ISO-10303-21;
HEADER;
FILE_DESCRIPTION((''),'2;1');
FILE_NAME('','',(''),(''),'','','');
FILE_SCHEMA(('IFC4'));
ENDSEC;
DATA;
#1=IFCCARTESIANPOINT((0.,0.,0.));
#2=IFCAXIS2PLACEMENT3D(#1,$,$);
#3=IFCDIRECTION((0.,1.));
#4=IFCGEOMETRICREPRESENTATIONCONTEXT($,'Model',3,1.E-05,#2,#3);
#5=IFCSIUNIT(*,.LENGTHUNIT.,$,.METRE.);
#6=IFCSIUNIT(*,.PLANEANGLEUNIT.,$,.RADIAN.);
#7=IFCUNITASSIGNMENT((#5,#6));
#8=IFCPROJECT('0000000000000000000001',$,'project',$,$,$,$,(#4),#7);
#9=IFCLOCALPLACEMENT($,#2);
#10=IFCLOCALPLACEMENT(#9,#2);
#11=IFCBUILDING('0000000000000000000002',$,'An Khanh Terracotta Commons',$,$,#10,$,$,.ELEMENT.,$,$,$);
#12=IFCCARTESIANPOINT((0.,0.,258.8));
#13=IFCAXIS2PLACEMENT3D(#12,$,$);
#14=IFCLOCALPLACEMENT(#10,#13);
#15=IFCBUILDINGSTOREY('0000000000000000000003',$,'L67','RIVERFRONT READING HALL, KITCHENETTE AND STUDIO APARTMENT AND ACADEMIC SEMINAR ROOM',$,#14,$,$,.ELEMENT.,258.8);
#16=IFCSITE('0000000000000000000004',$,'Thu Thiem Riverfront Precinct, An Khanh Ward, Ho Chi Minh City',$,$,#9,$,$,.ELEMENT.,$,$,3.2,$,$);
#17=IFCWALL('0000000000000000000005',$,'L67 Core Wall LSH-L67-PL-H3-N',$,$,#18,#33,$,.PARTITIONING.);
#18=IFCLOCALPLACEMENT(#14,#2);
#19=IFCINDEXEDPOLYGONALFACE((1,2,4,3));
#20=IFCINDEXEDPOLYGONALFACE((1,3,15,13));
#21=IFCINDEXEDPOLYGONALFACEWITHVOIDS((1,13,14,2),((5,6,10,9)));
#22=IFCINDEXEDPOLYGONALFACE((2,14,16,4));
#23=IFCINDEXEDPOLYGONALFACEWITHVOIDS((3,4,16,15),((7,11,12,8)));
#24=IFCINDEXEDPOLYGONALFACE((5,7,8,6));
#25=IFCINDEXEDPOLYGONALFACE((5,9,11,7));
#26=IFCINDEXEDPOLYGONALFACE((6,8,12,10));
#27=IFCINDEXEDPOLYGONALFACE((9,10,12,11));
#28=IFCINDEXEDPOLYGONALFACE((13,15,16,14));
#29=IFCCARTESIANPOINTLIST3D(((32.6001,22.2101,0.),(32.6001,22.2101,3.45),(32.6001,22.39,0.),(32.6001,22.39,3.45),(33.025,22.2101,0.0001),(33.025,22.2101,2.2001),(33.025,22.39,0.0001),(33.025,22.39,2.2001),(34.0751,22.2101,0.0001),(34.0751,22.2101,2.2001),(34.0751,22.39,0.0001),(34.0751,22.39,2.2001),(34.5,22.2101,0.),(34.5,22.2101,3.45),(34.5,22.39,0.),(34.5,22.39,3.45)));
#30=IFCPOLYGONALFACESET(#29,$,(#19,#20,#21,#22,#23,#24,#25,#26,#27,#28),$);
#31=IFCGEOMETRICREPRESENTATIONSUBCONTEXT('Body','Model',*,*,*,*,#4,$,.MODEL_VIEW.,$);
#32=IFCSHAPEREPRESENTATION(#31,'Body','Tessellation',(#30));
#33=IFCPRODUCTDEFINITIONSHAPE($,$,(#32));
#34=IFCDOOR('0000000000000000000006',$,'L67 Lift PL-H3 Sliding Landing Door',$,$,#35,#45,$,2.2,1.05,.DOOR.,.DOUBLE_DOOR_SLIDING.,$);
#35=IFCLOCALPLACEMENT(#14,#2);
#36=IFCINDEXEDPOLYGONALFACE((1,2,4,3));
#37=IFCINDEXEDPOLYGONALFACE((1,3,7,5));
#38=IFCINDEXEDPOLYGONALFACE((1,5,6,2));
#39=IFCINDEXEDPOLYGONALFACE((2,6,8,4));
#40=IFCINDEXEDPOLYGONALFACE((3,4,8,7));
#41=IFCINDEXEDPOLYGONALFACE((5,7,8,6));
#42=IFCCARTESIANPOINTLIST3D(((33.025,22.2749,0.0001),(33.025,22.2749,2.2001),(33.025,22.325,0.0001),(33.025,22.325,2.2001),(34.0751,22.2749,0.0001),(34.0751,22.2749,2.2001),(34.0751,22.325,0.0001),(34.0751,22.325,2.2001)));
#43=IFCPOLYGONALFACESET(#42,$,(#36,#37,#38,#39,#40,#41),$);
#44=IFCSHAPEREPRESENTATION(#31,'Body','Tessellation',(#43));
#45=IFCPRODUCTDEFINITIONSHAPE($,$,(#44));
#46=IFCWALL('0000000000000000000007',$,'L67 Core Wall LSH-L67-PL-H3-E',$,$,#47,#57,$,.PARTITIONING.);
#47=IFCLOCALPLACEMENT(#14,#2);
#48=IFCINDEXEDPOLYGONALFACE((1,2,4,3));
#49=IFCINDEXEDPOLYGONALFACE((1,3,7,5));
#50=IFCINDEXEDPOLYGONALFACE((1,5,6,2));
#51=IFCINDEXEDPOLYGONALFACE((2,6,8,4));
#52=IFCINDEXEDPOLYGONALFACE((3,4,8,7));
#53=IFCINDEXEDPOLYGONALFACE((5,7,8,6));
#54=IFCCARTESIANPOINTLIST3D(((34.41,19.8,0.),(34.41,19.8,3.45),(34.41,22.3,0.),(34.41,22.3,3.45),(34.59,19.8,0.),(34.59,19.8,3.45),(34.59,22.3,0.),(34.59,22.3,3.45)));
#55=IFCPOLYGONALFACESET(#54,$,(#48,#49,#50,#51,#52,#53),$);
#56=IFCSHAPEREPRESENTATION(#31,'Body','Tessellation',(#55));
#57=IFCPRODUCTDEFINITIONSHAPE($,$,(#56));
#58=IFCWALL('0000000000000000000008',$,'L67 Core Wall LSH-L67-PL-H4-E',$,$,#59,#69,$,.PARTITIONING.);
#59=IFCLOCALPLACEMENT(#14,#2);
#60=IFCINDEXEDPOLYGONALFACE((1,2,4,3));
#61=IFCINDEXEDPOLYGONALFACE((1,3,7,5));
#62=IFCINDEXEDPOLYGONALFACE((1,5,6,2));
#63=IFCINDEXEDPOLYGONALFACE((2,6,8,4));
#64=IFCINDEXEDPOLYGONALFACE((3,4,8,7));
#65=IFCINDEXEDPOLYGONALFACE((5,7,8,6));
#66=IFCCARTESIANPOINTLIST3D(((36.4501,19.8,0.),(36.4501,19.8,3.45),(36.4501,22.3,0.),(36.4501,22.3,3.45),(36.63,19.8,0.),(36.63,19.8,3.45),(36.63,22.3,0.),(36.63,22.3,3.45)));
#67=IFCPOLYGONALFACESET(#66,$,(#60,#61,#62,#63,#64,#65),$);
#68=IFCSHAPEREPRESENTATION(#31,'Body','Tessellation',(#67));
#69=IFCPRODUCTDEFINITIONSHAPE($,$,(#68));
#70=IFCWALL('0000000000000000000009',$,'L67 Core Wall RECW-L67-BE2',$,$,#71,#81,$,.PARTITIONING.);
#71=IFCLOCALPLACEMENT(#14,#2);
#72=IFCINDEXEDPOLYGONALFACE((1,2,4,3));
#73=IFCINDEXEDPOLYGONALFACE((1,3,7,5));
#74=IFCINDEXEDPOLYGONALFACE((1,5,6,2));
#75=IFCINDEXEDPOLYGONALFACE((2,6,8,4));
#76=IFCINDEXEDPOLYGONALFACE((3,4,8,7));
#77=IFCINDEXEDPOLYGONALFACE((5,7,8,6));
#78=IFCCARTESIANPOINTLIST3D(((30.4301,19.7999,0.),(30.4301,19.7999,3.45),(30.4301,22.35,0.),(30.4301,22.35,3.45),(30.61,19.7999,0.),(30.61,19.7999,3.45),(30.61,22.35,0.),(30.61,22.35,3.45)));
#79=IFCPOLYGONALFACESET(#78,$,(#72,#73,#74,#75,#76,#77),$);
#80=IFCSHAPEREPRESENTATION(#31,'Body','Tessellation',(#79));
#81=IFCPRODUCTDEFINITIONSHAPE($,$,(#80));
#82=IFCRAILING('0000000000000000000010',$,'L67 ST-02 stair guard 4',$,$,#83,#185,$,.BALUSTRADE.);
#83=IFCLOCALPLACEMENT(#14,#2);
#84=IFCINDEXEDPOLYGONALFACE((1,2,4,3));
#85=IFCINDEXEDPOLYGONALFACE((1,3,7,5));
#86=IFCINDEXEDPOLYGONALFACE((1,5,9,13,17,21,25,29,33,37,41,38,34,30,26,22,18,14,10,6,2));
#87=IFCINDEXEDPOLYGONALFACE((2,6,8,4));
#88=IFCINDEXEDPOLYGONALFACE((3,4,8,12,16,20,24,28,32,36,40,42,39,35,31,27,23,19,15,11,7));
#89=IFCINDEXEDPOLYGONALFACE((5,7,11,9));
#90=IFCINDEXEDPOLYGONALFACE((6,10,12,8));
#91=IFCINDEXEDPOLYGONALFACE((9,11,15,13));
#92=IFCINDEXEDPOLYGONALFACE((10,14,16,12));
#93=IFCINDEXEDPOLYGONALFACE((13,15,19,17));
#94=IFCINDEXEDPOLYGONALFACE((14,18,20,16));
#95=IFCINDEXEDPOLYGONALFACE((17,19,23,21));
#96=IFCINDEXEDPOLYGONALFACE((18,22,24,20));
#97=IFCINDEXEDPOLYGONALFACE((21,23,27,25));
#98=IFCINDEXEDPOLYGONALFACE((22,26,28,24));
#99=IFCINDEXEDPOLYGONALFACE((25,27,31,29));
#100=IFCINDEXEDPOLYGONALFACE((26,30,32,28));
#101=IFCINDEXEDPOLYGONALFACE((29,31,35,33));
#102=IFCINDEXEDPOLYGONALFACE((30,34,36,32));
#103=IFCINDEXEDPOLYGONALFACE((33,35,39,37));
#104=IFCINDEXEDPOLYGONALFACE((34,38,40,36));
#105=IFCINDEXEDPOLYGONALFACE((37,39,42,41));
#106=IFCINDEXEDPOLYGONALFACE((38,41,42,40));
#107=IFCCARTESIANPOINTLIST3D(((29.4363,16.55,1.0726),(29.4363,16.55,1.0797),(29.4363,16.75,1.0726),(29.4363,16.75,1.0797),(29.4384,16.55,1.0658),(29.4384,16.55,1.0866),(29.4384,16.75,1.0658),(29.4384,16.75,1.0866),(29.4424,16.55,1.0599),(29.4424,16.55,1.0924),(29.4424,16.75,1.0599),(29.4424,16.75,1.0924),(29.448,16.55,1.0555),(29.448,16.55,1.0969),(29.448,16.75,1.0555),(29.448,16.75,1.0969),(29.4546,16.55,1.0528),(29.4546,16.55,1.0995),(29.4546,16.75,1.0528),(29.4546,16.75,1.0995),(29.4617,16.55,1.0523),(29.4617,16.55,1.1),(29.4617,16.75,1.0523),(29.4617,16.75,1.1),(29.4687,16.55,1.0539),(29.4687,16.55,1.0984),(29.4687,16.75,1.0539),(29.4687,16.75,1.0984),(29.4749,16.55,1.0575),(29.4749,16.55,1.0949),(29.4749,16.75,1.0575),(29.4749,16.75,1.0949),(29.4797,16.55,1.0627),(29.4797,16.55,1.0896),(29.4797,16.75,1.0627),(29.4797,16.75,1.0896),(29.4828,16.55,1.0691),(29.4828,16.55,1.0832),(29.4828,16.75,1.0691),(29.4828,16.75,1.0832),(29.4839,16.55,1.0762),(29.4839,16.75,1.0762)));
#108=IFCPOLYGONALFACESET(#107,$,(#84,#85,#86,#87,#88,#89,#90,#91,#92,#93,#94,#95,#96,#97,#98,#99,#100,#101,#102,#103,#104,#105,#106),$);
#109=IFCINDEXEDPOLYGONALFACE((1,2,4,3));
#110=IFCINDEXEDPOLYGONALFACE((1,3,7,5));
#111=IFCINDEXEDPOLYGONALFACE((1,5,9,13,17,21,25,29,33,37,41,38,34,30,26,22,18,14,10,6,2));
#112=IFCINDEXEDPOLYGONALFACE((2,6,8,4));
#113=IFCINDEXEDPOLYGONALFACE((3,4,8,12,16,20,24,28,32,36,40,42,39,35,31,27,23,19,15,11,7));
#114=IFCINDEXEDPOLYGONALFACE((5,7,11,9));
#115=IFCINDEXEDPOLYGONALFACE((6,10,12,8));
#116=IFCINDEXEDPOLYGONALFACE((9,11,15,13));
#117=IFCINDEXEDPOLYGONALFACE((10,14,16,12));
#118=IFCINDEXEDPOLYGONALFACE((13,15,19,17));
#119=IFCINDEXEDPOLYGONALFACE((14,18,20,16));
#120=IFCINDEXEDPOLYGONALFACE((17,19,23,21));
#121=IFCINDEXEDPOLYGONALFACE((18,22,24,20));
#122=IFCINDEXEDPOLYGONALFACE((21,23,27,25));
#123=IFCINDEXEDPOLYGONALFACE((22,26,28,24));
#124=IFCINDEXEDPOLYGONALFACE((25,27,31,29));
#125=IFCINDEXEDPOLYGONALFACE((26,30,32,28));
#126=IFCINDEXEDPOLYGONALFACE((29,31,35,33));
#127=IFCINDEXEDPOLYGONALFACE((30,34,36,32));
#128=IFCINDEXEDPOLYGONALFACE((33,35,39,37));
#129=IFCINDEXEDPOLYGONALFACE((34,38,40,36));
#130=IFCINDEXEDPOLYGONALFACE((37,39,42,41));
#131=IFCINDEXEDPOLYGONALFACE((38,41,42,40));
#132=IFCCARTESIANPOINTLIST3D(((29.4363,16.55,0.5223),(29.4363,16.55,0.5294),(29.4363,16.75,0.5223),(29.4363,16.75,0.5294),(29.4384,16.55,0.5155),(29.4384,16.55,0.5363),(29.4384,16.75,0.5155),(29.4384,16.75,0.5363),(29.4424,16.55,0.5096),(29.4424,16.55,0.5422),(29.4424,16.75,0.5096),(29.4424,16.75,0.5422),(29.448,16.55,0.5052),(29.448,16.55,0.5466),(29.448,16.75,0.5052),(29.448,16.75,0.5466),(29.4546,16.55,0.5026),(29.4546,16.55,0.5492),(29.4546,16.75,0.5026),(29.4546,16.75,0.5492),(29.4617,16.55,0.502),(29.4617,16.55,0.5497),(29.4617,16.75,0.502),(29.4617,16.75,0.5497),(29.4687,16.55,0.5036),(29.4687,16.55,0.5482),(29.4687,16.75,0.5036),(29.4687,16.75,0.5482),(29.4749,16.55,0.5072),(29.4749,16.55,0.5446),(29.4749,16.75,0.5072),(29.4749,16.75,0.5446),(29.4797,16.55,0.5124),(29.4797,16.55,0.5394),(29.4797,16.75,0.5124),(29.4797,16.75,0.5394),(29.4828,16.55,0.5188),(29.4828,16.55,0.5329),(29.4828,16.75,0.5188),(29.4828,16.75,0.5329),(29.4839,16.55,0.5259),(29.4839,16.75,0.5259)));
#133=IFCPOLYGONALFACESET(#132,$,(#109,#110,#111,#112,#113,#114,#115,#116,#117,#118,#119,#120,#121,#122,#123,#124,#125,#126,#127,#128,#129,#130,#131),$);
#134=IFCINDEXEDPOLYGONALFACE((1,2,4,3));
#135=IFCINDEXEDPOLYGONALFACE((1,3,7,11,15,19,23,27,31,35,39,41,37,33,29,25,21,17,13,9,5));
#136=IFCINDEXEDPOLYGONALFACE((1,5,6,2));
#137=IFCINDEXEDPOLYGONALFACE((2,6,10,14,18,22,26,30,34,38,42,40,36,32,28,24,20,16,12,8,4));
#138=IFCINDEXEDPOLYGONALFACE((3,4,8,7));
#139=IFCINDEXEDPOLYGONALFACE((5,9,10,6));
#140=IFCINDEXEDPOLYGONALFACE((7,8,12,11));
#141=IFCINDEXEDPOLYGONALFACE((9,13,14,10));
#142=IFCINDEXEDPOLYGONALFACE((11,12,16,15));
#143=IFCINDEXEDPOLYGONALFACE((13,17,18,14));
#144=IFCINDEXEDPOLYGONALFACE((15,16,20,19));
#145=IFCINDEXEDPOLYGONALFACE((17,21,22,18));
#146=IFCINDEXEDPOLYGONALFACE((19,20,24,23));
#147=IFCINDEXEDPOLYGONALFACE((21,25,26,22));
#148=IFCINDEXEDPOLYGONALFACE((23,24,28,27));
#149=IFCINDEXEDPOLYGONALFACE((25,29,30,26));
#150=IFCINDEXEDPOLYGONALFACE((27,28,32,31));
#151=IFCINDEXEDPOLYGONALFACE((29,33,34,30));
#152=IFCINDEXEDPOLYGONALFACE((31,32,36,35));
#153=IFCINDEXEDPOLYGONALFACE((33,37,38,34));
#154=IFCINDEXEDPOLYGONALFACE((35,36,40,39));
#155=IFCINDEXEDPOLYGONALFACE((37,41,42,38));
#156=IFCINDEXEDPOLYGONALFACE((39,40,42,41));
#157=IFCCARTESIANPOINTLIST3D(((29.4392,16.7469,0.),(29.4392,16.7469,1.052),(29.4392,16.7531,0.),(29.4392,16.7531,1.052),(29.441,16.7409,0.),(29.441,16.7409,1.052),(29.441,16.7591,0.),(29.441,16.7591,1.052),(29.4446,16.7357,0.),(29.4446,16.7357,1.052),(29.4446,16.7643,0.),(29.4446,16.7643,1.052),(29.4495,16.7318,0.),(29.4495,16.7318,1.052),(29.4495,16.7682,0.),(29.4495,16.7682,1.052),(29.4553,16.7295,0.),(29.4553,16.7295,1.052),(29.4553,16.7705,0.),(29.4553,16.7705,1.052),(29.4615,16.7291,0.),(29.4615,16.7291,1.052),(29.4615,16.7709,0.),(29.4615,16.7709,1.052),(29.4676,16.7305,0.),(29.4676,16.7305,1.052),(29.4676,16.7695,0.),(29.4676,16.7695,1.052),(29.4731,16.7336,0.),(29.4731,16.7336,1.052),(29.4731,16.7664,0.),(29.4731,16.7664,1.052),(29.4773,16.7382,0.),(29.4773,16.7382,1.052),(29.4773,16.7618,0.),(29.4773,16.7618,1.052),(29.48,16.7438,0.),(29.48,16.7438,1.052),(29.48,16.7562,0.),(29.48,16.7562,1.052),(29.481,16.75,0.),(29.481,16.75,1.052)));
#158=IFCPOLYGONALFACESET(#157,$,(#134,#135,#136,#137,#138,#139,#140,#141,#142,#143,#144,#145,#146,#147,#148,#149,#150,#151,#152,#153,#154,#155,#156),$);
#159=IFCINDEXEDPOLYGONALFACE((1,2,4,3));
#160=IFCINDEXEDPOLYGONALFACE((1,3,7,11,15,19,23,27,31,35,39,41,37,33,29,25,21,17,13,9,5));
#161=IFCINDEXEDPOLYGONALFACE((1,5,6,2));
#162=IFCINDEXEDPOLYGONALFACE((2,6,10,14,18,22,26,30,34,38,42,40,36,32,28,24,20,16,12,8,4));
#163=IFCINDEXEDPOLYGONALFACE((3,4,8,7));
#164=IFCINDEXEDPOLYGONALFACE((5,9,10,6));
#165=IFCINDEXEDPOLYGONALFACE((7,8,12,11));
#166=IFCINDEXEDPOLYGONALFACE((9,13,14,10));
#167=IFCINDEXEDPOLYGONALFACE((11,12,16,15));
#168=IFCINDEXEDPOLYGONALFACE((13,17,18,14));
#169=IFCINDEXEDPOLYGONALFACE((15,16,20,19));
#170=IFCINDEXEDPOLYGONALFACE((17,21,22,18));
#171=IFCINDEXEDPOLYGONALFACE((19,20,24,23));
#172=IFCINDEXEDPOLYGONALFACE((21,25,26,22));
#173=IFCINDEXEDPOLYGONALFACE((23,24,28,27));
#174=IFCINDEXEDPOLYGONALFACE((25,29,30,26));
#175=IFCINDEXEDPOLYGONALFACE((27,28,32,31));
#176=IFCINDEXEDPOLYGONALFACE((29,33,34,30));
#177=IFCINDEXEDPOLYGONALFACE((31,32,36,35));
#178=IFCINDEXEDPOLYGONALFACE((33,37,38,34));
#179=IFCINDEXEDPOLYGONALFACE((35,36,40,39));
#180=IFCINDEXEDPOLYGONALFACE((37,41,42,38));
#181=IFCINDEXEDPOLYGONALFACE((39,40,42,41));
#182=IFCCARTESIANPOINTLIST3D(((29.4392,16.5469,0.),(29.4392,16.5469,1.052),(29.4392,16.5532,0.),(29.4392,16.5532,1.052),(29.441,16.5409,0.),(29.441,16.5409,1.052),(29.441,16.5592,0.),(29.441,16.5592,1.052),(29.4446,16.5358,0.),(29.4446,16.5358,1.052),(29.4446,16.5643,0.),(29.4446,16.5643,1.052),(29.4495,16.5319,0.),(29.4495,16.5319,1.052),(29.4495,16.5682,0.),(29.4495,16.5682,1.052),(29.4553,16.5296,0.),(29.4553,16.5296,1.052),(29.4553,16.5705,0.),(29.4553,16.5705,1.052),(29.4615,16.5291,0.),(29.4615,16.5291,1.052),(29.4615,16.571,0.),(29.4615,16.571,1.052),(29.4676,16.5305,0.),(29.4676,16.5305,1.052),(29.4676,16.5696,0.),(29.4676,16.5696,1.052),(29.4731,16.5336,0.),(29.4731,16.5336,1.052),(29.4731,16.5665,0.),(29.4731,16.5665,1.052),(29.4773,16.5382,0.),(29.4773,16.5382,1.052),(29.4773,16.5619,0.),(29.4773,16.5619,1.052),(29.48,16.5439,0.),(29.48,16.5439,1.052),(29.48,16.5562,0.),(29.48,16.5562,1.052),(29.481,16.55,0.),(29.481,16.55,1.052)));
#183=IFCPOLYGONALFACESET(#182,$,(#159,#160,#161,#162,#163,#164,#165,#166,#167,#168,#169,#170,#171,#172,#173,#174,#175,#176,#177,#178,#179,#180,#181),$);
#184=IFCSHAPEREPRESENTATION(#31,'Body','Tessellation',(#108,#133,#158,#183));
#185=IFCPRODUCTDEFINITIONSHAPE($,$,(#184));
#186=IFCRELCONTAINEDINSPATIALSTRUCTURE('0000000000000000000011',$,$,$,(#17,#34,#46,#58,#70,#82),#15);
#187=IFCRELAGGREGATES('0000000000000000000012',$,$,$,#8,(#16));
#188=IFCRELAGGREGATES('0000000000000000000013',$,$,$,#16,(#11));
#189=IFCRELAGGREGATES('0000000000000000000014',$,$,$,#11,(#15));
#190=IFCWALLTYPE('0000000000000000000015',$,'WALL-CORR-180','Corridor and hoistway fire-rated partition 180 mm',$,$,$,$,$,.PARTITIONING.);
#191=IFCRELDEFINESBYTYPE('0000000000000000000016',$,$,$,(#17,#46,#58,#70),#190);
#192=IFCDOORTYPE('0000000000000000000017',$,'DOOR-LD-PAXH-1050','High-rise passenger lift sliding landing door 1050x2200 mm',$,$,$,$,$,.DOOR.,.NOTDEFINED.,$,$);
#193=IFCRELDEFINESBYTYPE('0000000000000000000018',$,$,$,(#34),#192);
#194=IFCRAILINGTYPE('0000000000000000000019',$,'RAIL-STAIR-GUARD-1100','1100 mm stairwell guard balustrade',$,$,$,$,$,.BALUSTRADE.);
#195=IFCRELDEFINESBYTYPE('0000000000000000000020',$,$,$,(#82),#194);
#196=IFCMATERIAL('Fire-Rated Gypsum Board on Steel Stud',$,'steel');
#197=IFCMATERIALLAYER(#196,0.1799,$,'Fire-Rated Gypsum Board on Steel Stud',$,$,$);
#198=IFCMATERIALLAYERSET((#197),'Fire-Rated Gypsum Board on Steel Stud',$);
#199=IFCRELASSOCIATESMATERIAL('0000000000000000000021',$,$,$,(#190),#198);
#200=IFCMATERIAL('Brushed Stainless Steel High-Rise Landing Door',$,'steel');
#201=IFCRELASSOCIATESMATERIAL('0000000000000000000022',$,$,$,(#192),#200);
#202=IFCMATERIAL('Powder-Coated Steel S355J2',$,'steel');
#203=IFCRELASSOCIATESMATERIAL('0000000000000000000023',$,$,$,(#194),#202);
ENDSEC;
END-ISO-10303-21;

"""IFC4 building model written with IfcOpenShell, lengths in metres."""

from ifc_helpers import new_model, si_unit, direction, frame, frame_2d, origin, origin_2d, place, context, subcontext, project, spatial, rectangle, circle, extrude, material, layer, layer_set, type_object, element, fill, save


model = new_model("IFC4")

# Units and contexts
model_context = context("Model", 3, precision=1e-05, world=origin(), true_north=direction((0.0, 1.0)))
body_context = subcontext(model_context, "Body", "Model", "MODEL_VIEW")
ifc_project = project(units=[si_unit("LENGTHUNIT", "METRE"), si_unit("PLANEANGLEUNIT", "RADIAN")], contexts=[model_context])

# Site, building, storey
site_placement = place(None, origin())
site = spatial("IfcSite", under=ifc_project, at=site_placement, Name="Thu Thiem Riverfront Precinct, An Khanh Ward, Ho Chi Minh City", CompositionType="ELEMENT", RefElevation=3.2)
building_placement = place(site_placement, origin())
building = spatial("IfcBuilding", under=site, at=building_placement, Name="An Khanh Terracotta Commons", CompositionType="ELEMENT")
storey_placement = place(building_placement, frame((0.0, 0.0, 258.8)))
storey = spatial("IfcBuildingStorey", under=building, at=storey_placement, Name="L67", Description="RIVERFRONT READING HALL, KITCHENETTE AND STUDIO APARTMENT AND ACADEMIC SEMINAR ROOM", CompositionType="ELEMENT", Elevation=258.8)

# Shared definitions
ifc_material_1 = material(Name="Fire-Rated Gypsum Board on Steel Stud", Category="steel")
ifc_layer_1 = layer(ifc_material_1, 0.1799, Name="Fire-Rated Gypsum Board on Steel Stud")
ifc_layer_set_1 = layer_set([ifc_layer_1], Name="Fire-Rated Gypsum Board on Steel Stud")
wall_type_1 = type_object("IfcWallType", Name="WALL-CORR-180", Description="Corridor and hoistway fire-rated partition 180 mm", PredefinedType="PARTITIONING", material=ifc_layer_set_1)

# Shared definitions
ifc_material_2 = material(Name="Brushed Stainless Steel High-Rise Landing Door", Category="steel")
door_type_1 = type_object("IfcDoorType", Name="DOOR-LD-PAXH-1050", Description="High-rise passenger lift sliding landing door 1050x2200 mm", OperationType="NOTDEFINED", PredefinedType="DOOR", material=ifc_material_2)

# Wall, opening, door
wall_1_placement = place(storey_placement, frame((32.6001, 22.3, 0.0), z_axis=(0.0, 0.0, 1.0), x_axis=(1.0, 0.0, 0.0)))
wall_1 = element("IfcWall", 1, at=wall_1_placement, inside=storey, type_object=wall_type_1, Name="L67 Core Wall LSH-L67-PL-H3-N", PredefinedType="PARTITIONING", context=body_context, shape_type="SweptSolid", body=[
    extrude(rectangle(XDim=1.8999, YDim=0.1799, at=frame_2d((0.95, 0.0))), origin(), (0.0, 0.0, 1.0), 3.45),
])
opening_1_placement = place(wall_1_placement, frame((0.425, 0.0, 0.0)))
opening_1 = element("IfcOpeningElement", 2, at=opening_1_placement, cuts=wall_1, PredefinedType="OPENING", context=body_context, shape_type="SweptSolid", body=[
    extrude(rectangle(XDim=1.05, YDim=2.2, at=frame_2d((0.5249, 1.1001))), frame((0.0, 0.0999, 0.0), z_axis=(0.0, -1.0, 0.0), x_axis=(1.0, 0.0, 0.0)), (0.0, 0.0, 1.0), 0.2),
])
door_1_placement = place(opening_1_placement, origin())
door_1 = element("IfcDoor", 3, at=door_1_placement, inside=storey, type_object=door_type_1, Name="L67 Lift PL-H3 Sliding Landing Door", OperationType="DOUBLE_DOOR_SLIDING", OverallHeight=2.2, OverallWidth=1.05, PredefinedType="DOOR", context=body_context, shape_type="SweptSolid", body=[
    extrude(rectangle(XDim=1.05, YDim=2.2, at=frame_2d((0.5249, 1.1001))), frame((0.0, 0.0249, 0.0), z_axis=(0.0, -1.0, 0.0), x_axis=(1.0, 0.0, 0.0)), (0.0, 0.0, 1.0), 0.05),
])
fill(opening_1, door_1)

# Walls
for number, where, z_axis, x_axis, name in (
    (4, (34.5, 19.8, 0.0), (0.0, 0.0, 1.0), (0.0, 1.0, 0.0), "L67 Core Wall LSH-L67-PL-H3-E"),
    (5, (36.54, 19.8, 0.0), (0.0, 0.0, 1.0), (0.0, 1.0, 0.0), "L67 Core Wall LSH-L67-PL-H4-E"),
):
    element("IfcWall", number, at=place(storey_placement, frame(where, z_axis=z_axis, x_axis=x_axis)), inside=storey, type_object=wall_type_1, Name=name, PredefinedType="PARTITIONING", context=body_context, shape_type="SweptSolid", body=[
        extrude(rectangle(XDim=2.5, YDim=0.1799, at=frame_2d((1.25, 0.0))), origin(), (0.0, 0.0, 1.0), 3.45),
    ])
wall_2_placement = place(storey_placement, frame((30.52, 19.8, 0.0), z_axis=(0.0, 0.0, 1.0), x_axis=(0.0, 1.0, 0.0)))
element("IfcWall", 6, at=wall_2_placement, inside=storey, type_object=wall_type_1, Name="L67 Core Wall RECW-L67-BE2", PredefinedType="PARTITIONING", context=body_context, shape_type="SweptSolid", body=[
    extrude(rectangle(XDim=2.55, YDim=0.1799, at=frame_2d((1.2749, 0.0))), origin(), (0.0, 0.0, 1.0), 3.45),
])

# Railing
ifc_material_3 = material(Name="Powder-Coated Steel S355J2", Category="steel")
railing_type = type_object("IfcRailingType", Name="RAIL-STAIR-GUARD-1100", Description="1100 mm stairwell guard balustrade", PredefinedType="BALUSTRADE", material=ifc_material_3)
railing_placement = place(storey_placement, frame((29.46, 16.75, 0.0)))
element("IfcRailing", 7, at=railing_placement, inside=storey, type_object=railing_type, Name="L67 ST-02 stair guard 4", PredefinedType="BALUSTRADE", context=body_context, shape_type="SweptSolid", body=[
    extrude(circle(Radius=0.0239, at=origin_2d()), frame((0.0, 0.0, 1.0762), z_axis=(0.0, -1.0, 0.0), x_axis=(1.0, 0.0, 0.0)), (0.0, 0.0, 1.0), 0.2),
    extrude(circle(Radius=0.0239, at=origin_2d()), frame((0.0, 0.0, 0.5259), z_axis=(0.0, -1.0, 0.0), x_axis=(1.0, 0.0, 0.0)), (0.0, 0.0, 1.0), 0.2),
    extrude(circle(Radius=0.021, at=origin_2d()), origin(), (0.0, 0.0, 1.0), 1.052),
    extrude(circle(Radius=0.021, at=origin_2d()), frame((0.0, -0.2, 0.0)), (0.0, 0.0, 1.0), 1.052),
])

save(model, "model.ifc")
